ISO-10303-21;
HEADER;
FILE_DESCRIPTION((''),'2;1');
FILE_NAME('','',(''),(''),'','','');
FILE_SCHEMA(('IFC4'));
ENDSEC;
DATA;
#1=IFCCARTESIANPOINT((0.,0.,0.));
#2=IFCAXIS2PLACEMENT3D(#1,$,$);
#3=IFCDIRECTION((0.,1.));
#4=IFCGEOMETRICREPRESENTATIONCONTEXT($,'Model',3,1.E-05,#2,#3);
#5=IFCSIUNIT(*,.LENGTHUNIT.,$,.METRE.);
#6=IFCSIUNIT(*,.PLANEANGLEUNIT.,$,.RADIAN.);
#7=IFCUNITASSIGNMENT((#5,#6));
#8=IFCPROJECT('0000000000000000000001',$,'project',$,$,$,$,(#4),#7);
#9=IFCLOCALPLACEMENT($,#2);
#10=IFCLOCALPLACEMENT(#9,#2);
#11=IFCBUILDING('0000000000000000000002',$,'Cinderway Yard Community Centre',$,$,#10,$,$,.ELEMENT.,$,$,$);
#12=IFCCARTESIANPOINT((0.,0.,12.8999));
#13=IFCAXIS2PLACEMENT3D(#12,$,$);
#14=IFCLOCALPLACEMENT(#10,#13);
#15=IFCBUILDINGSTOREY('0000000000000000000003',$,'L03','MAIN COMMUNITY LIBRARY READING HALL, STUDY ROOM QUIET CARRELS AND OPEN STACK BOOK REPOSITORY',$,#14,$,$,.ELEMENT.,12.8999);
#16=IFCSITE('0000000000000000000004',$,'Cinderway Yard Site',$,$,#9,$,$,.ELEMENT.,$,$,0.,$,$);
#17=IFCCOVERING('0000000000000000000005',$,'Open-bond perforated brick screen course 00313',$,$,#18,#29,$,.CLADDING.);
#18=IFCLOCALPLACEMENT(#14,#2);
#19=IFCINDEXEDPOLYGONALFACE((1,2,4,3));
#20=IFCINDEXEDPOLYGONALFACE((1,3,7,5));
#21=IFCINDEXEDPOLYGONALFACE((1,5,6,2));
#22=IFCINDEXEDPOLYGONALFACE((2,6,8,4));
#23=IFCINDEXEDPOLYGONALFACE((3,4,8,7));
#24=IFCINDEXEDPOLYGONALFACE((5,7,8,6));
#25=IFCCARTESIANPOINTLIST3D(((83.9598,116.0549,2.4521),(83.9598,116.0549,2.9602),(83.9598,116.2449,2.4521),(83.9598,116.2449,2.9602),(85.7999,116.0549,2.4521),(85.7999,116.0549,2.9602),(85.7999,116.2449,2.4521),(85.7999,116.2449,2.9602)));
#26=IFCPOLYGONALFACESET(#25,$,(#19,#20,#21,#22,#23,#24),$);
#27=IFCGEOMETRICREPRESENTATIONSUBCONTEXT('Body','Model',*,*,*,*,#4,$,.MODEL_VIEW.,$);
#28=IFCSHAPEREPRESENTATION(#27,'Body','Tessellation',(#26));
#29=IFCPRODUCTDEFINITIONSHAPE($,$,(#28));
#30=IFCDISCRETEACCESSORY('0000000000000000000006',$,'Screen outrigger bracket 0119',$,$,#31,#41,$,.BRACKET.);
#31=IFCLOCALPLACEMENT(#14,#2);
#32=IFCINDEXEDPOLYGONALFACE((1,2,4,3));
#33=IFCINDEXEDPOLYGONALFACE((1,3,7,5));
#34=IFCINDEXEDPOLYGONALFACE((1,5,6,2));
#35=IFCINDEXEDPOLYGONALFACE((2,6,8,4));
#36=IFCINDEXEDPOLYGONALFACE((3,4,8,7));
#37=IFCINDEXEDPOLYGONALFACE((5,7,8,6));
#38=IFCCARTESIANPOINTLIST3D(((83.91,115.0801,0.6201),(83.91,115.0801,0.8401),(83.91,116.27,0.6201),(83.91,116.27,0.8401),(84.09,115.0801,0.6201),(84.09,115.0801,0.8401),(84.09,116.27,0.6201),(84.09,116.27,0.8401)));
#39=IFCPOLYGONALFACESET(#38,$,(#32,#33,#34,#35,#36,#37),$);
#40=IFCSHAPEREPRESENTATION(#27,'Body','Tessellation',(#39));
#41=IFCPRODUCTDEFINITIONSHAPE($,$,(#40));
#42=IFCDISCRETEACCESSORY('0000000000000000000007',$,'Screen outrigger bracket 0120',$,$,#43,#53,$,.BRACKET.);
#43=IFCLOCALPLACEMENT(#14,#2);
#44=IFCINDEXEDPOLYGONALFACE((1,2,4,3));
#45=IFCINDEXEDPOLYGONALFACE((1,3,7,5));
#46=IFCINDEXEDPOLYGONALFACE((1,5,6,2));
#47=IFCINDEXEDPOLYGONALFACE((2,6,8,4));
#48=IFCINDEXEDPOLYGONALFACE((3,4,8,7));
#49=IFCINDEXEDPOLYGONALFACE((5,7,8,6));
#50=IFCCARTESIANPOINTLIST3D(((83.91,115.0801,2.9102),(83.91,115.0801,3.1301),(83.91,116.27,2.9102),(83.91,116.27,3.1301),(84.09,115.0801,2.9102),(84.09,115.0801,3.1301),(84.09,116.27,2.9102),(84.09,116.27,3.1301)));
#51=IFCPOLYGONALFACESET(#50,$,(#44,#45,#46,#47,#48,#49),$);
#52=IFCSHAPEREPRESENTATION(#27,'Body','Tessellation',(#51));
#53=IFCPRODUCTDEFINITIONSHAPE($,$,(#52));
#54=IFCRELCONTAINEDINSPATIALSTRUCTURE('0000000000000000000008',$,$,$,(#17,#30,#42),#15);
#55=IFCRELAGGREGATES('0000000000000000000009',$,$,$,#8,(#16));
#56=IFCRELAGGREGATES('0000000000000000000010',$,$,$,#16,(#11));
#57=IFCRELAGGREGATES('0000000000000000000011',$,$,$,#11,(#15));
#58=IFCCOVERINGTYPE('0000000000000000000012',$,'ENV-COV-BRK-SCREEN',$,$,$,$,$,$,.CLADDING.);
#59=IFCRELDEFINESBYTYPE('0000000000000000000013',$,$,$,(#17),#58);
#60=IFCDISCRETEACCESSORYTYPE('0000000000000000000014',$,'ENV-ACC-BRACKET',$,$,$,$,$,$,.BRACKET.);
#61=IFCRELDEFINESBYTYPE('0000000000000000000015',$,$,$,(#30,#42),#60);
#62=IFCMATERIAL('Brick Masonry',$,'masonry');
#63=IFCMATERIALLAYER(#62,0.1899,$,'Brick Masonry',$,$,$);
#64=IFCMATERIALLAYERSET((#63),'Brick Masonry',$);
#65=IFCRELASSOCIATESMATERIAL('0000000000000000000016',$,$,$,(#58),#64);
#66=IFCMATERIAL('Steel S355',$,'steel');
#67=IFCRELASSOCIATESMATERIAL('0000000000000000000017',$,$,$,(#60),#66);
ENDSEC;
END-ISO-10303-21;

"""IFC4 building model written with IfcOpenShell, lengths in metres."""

from ifc_helpers import new_model, si_unit, direction, frame, origin, origin_2d, place, context, subcontext, project, spatial, rectangle, extrude, material, layer, layer_set, type_object, element, save


model = new_model("IFC4")

# Units and contexts
model_context = context("Model", 3, precision=1e-05, world=origin(), true_north=direction((0.0, 1.0)))
body_context = subcontext(model_context, "Body", "Model", "MODEL_VIEW")
ifc_project = project(units=[si_unit("LENGTHUNIT", "METRE"), si_unit("PLANEANGLEUNIT", "RADIAN")], contexts=[model_context])

# Site, building, storey
site_placement = place(None, origin())
site = spatial("IfcSite", under=ifc_project, at=site_placement, Name="Cinderway Yard Site", CompositionType="ELEMENT", RefElevation=0.0)
building_placement = place(site_placement, origin())
building = spatial("IfcBuilding", under=site, at=building_placement, Name="Cinderway Yard Community Centre", CompositionType="ELEMENT")
storey_placement = place(building_placement, frame((0.0, 0.0, 12.8999)))
storey = spatial("IfcBuildingStorey", under=building, at=storey_placement, Name="L03", Description="MAIN COMMUNITY LIBRARY READING HALL, STUDY ROOM QUIET CARRELS AND OPEN STACK BOOK REPOSITORY", CompositionType="ELEMENT", Elevation=12.8999)

# Shared definitions
ifc_material_1 = material(Name="Steel S355", Category="steel")

# Covering
ifc_material_2 = material(Name="Brick Masonry", Category="masonry")
ifc_layer_1 = layer(ifc_material_2, 0.1899, Name="Brick Masonry")
ifc_layer_set_1 = layer_set([ifc_layer_1], Name="Brick Masonry")
covering_type = type_object("IfcCoveringType", Name="ENV-COV-BRK-SCREEN", PredefinedType="CLADDING", material=ifc_layer_set_1)
for number, where, z_axis, x_axis, name in (
    (1, (84.8799, 116.1499, 2.4521), (0.0, 0.0, 1.0), (1.0, 0.0, 0.0), "Open-bond perforated brick screen course 00313"),
):
    element("IfcCovering", number, at=place(storey_placement, frame(where, z_axis=z_axis, x_axis=x_axis)), inside=storey, type_object=covering_type, Name=name, PredefinedType="CLADDING", context=body_context, shape_type="SweptSolid", body=[
        extrude(rectangle(XDim=1.8401, YDim=0.1899, at=origin_2d()), origin(), (0.0, 0.0, 1.0), 0.5081),
    ])

# Discrete accessories
discrete_accessory_type = type_object("IfcDiscreteAccessoryType", Name="ENV-ACC-BRACKET", PredefinedType="BRACKET", material=ifc_material_1)
for number, where, z_axis, x_axis, name in (
    (2, (84.0, 115.675, 0.6201), (0.0, 0.0, 1.0), (0.0, 1.0, 0.0), "Screen outrigger bracket 0119"),
    (3, (84.0, 115.675, 2.9102), (0.0, 0.0, 1.0), (0.0, 1.0, 0.0), "Screen outrigger bracket 0120"),
):
    element("IfcDiscreteAccessory", number, at=place(storey_placement, frame(where, z_axis=z_axis, x_axis=x_axis)), inside=storey, type_object=discrete_accessory_type, Name=name, PredefinedType="BRACKET", context=body_context, shape_type="SweptSolid", body=[
        extrude(rectangle(XDim=1.1899, YDim=0.1799, at=origin_2d()), origin(), (0.0, 0.0, 1.0), 0.22),
    ])

save(model, "model.ifc")
